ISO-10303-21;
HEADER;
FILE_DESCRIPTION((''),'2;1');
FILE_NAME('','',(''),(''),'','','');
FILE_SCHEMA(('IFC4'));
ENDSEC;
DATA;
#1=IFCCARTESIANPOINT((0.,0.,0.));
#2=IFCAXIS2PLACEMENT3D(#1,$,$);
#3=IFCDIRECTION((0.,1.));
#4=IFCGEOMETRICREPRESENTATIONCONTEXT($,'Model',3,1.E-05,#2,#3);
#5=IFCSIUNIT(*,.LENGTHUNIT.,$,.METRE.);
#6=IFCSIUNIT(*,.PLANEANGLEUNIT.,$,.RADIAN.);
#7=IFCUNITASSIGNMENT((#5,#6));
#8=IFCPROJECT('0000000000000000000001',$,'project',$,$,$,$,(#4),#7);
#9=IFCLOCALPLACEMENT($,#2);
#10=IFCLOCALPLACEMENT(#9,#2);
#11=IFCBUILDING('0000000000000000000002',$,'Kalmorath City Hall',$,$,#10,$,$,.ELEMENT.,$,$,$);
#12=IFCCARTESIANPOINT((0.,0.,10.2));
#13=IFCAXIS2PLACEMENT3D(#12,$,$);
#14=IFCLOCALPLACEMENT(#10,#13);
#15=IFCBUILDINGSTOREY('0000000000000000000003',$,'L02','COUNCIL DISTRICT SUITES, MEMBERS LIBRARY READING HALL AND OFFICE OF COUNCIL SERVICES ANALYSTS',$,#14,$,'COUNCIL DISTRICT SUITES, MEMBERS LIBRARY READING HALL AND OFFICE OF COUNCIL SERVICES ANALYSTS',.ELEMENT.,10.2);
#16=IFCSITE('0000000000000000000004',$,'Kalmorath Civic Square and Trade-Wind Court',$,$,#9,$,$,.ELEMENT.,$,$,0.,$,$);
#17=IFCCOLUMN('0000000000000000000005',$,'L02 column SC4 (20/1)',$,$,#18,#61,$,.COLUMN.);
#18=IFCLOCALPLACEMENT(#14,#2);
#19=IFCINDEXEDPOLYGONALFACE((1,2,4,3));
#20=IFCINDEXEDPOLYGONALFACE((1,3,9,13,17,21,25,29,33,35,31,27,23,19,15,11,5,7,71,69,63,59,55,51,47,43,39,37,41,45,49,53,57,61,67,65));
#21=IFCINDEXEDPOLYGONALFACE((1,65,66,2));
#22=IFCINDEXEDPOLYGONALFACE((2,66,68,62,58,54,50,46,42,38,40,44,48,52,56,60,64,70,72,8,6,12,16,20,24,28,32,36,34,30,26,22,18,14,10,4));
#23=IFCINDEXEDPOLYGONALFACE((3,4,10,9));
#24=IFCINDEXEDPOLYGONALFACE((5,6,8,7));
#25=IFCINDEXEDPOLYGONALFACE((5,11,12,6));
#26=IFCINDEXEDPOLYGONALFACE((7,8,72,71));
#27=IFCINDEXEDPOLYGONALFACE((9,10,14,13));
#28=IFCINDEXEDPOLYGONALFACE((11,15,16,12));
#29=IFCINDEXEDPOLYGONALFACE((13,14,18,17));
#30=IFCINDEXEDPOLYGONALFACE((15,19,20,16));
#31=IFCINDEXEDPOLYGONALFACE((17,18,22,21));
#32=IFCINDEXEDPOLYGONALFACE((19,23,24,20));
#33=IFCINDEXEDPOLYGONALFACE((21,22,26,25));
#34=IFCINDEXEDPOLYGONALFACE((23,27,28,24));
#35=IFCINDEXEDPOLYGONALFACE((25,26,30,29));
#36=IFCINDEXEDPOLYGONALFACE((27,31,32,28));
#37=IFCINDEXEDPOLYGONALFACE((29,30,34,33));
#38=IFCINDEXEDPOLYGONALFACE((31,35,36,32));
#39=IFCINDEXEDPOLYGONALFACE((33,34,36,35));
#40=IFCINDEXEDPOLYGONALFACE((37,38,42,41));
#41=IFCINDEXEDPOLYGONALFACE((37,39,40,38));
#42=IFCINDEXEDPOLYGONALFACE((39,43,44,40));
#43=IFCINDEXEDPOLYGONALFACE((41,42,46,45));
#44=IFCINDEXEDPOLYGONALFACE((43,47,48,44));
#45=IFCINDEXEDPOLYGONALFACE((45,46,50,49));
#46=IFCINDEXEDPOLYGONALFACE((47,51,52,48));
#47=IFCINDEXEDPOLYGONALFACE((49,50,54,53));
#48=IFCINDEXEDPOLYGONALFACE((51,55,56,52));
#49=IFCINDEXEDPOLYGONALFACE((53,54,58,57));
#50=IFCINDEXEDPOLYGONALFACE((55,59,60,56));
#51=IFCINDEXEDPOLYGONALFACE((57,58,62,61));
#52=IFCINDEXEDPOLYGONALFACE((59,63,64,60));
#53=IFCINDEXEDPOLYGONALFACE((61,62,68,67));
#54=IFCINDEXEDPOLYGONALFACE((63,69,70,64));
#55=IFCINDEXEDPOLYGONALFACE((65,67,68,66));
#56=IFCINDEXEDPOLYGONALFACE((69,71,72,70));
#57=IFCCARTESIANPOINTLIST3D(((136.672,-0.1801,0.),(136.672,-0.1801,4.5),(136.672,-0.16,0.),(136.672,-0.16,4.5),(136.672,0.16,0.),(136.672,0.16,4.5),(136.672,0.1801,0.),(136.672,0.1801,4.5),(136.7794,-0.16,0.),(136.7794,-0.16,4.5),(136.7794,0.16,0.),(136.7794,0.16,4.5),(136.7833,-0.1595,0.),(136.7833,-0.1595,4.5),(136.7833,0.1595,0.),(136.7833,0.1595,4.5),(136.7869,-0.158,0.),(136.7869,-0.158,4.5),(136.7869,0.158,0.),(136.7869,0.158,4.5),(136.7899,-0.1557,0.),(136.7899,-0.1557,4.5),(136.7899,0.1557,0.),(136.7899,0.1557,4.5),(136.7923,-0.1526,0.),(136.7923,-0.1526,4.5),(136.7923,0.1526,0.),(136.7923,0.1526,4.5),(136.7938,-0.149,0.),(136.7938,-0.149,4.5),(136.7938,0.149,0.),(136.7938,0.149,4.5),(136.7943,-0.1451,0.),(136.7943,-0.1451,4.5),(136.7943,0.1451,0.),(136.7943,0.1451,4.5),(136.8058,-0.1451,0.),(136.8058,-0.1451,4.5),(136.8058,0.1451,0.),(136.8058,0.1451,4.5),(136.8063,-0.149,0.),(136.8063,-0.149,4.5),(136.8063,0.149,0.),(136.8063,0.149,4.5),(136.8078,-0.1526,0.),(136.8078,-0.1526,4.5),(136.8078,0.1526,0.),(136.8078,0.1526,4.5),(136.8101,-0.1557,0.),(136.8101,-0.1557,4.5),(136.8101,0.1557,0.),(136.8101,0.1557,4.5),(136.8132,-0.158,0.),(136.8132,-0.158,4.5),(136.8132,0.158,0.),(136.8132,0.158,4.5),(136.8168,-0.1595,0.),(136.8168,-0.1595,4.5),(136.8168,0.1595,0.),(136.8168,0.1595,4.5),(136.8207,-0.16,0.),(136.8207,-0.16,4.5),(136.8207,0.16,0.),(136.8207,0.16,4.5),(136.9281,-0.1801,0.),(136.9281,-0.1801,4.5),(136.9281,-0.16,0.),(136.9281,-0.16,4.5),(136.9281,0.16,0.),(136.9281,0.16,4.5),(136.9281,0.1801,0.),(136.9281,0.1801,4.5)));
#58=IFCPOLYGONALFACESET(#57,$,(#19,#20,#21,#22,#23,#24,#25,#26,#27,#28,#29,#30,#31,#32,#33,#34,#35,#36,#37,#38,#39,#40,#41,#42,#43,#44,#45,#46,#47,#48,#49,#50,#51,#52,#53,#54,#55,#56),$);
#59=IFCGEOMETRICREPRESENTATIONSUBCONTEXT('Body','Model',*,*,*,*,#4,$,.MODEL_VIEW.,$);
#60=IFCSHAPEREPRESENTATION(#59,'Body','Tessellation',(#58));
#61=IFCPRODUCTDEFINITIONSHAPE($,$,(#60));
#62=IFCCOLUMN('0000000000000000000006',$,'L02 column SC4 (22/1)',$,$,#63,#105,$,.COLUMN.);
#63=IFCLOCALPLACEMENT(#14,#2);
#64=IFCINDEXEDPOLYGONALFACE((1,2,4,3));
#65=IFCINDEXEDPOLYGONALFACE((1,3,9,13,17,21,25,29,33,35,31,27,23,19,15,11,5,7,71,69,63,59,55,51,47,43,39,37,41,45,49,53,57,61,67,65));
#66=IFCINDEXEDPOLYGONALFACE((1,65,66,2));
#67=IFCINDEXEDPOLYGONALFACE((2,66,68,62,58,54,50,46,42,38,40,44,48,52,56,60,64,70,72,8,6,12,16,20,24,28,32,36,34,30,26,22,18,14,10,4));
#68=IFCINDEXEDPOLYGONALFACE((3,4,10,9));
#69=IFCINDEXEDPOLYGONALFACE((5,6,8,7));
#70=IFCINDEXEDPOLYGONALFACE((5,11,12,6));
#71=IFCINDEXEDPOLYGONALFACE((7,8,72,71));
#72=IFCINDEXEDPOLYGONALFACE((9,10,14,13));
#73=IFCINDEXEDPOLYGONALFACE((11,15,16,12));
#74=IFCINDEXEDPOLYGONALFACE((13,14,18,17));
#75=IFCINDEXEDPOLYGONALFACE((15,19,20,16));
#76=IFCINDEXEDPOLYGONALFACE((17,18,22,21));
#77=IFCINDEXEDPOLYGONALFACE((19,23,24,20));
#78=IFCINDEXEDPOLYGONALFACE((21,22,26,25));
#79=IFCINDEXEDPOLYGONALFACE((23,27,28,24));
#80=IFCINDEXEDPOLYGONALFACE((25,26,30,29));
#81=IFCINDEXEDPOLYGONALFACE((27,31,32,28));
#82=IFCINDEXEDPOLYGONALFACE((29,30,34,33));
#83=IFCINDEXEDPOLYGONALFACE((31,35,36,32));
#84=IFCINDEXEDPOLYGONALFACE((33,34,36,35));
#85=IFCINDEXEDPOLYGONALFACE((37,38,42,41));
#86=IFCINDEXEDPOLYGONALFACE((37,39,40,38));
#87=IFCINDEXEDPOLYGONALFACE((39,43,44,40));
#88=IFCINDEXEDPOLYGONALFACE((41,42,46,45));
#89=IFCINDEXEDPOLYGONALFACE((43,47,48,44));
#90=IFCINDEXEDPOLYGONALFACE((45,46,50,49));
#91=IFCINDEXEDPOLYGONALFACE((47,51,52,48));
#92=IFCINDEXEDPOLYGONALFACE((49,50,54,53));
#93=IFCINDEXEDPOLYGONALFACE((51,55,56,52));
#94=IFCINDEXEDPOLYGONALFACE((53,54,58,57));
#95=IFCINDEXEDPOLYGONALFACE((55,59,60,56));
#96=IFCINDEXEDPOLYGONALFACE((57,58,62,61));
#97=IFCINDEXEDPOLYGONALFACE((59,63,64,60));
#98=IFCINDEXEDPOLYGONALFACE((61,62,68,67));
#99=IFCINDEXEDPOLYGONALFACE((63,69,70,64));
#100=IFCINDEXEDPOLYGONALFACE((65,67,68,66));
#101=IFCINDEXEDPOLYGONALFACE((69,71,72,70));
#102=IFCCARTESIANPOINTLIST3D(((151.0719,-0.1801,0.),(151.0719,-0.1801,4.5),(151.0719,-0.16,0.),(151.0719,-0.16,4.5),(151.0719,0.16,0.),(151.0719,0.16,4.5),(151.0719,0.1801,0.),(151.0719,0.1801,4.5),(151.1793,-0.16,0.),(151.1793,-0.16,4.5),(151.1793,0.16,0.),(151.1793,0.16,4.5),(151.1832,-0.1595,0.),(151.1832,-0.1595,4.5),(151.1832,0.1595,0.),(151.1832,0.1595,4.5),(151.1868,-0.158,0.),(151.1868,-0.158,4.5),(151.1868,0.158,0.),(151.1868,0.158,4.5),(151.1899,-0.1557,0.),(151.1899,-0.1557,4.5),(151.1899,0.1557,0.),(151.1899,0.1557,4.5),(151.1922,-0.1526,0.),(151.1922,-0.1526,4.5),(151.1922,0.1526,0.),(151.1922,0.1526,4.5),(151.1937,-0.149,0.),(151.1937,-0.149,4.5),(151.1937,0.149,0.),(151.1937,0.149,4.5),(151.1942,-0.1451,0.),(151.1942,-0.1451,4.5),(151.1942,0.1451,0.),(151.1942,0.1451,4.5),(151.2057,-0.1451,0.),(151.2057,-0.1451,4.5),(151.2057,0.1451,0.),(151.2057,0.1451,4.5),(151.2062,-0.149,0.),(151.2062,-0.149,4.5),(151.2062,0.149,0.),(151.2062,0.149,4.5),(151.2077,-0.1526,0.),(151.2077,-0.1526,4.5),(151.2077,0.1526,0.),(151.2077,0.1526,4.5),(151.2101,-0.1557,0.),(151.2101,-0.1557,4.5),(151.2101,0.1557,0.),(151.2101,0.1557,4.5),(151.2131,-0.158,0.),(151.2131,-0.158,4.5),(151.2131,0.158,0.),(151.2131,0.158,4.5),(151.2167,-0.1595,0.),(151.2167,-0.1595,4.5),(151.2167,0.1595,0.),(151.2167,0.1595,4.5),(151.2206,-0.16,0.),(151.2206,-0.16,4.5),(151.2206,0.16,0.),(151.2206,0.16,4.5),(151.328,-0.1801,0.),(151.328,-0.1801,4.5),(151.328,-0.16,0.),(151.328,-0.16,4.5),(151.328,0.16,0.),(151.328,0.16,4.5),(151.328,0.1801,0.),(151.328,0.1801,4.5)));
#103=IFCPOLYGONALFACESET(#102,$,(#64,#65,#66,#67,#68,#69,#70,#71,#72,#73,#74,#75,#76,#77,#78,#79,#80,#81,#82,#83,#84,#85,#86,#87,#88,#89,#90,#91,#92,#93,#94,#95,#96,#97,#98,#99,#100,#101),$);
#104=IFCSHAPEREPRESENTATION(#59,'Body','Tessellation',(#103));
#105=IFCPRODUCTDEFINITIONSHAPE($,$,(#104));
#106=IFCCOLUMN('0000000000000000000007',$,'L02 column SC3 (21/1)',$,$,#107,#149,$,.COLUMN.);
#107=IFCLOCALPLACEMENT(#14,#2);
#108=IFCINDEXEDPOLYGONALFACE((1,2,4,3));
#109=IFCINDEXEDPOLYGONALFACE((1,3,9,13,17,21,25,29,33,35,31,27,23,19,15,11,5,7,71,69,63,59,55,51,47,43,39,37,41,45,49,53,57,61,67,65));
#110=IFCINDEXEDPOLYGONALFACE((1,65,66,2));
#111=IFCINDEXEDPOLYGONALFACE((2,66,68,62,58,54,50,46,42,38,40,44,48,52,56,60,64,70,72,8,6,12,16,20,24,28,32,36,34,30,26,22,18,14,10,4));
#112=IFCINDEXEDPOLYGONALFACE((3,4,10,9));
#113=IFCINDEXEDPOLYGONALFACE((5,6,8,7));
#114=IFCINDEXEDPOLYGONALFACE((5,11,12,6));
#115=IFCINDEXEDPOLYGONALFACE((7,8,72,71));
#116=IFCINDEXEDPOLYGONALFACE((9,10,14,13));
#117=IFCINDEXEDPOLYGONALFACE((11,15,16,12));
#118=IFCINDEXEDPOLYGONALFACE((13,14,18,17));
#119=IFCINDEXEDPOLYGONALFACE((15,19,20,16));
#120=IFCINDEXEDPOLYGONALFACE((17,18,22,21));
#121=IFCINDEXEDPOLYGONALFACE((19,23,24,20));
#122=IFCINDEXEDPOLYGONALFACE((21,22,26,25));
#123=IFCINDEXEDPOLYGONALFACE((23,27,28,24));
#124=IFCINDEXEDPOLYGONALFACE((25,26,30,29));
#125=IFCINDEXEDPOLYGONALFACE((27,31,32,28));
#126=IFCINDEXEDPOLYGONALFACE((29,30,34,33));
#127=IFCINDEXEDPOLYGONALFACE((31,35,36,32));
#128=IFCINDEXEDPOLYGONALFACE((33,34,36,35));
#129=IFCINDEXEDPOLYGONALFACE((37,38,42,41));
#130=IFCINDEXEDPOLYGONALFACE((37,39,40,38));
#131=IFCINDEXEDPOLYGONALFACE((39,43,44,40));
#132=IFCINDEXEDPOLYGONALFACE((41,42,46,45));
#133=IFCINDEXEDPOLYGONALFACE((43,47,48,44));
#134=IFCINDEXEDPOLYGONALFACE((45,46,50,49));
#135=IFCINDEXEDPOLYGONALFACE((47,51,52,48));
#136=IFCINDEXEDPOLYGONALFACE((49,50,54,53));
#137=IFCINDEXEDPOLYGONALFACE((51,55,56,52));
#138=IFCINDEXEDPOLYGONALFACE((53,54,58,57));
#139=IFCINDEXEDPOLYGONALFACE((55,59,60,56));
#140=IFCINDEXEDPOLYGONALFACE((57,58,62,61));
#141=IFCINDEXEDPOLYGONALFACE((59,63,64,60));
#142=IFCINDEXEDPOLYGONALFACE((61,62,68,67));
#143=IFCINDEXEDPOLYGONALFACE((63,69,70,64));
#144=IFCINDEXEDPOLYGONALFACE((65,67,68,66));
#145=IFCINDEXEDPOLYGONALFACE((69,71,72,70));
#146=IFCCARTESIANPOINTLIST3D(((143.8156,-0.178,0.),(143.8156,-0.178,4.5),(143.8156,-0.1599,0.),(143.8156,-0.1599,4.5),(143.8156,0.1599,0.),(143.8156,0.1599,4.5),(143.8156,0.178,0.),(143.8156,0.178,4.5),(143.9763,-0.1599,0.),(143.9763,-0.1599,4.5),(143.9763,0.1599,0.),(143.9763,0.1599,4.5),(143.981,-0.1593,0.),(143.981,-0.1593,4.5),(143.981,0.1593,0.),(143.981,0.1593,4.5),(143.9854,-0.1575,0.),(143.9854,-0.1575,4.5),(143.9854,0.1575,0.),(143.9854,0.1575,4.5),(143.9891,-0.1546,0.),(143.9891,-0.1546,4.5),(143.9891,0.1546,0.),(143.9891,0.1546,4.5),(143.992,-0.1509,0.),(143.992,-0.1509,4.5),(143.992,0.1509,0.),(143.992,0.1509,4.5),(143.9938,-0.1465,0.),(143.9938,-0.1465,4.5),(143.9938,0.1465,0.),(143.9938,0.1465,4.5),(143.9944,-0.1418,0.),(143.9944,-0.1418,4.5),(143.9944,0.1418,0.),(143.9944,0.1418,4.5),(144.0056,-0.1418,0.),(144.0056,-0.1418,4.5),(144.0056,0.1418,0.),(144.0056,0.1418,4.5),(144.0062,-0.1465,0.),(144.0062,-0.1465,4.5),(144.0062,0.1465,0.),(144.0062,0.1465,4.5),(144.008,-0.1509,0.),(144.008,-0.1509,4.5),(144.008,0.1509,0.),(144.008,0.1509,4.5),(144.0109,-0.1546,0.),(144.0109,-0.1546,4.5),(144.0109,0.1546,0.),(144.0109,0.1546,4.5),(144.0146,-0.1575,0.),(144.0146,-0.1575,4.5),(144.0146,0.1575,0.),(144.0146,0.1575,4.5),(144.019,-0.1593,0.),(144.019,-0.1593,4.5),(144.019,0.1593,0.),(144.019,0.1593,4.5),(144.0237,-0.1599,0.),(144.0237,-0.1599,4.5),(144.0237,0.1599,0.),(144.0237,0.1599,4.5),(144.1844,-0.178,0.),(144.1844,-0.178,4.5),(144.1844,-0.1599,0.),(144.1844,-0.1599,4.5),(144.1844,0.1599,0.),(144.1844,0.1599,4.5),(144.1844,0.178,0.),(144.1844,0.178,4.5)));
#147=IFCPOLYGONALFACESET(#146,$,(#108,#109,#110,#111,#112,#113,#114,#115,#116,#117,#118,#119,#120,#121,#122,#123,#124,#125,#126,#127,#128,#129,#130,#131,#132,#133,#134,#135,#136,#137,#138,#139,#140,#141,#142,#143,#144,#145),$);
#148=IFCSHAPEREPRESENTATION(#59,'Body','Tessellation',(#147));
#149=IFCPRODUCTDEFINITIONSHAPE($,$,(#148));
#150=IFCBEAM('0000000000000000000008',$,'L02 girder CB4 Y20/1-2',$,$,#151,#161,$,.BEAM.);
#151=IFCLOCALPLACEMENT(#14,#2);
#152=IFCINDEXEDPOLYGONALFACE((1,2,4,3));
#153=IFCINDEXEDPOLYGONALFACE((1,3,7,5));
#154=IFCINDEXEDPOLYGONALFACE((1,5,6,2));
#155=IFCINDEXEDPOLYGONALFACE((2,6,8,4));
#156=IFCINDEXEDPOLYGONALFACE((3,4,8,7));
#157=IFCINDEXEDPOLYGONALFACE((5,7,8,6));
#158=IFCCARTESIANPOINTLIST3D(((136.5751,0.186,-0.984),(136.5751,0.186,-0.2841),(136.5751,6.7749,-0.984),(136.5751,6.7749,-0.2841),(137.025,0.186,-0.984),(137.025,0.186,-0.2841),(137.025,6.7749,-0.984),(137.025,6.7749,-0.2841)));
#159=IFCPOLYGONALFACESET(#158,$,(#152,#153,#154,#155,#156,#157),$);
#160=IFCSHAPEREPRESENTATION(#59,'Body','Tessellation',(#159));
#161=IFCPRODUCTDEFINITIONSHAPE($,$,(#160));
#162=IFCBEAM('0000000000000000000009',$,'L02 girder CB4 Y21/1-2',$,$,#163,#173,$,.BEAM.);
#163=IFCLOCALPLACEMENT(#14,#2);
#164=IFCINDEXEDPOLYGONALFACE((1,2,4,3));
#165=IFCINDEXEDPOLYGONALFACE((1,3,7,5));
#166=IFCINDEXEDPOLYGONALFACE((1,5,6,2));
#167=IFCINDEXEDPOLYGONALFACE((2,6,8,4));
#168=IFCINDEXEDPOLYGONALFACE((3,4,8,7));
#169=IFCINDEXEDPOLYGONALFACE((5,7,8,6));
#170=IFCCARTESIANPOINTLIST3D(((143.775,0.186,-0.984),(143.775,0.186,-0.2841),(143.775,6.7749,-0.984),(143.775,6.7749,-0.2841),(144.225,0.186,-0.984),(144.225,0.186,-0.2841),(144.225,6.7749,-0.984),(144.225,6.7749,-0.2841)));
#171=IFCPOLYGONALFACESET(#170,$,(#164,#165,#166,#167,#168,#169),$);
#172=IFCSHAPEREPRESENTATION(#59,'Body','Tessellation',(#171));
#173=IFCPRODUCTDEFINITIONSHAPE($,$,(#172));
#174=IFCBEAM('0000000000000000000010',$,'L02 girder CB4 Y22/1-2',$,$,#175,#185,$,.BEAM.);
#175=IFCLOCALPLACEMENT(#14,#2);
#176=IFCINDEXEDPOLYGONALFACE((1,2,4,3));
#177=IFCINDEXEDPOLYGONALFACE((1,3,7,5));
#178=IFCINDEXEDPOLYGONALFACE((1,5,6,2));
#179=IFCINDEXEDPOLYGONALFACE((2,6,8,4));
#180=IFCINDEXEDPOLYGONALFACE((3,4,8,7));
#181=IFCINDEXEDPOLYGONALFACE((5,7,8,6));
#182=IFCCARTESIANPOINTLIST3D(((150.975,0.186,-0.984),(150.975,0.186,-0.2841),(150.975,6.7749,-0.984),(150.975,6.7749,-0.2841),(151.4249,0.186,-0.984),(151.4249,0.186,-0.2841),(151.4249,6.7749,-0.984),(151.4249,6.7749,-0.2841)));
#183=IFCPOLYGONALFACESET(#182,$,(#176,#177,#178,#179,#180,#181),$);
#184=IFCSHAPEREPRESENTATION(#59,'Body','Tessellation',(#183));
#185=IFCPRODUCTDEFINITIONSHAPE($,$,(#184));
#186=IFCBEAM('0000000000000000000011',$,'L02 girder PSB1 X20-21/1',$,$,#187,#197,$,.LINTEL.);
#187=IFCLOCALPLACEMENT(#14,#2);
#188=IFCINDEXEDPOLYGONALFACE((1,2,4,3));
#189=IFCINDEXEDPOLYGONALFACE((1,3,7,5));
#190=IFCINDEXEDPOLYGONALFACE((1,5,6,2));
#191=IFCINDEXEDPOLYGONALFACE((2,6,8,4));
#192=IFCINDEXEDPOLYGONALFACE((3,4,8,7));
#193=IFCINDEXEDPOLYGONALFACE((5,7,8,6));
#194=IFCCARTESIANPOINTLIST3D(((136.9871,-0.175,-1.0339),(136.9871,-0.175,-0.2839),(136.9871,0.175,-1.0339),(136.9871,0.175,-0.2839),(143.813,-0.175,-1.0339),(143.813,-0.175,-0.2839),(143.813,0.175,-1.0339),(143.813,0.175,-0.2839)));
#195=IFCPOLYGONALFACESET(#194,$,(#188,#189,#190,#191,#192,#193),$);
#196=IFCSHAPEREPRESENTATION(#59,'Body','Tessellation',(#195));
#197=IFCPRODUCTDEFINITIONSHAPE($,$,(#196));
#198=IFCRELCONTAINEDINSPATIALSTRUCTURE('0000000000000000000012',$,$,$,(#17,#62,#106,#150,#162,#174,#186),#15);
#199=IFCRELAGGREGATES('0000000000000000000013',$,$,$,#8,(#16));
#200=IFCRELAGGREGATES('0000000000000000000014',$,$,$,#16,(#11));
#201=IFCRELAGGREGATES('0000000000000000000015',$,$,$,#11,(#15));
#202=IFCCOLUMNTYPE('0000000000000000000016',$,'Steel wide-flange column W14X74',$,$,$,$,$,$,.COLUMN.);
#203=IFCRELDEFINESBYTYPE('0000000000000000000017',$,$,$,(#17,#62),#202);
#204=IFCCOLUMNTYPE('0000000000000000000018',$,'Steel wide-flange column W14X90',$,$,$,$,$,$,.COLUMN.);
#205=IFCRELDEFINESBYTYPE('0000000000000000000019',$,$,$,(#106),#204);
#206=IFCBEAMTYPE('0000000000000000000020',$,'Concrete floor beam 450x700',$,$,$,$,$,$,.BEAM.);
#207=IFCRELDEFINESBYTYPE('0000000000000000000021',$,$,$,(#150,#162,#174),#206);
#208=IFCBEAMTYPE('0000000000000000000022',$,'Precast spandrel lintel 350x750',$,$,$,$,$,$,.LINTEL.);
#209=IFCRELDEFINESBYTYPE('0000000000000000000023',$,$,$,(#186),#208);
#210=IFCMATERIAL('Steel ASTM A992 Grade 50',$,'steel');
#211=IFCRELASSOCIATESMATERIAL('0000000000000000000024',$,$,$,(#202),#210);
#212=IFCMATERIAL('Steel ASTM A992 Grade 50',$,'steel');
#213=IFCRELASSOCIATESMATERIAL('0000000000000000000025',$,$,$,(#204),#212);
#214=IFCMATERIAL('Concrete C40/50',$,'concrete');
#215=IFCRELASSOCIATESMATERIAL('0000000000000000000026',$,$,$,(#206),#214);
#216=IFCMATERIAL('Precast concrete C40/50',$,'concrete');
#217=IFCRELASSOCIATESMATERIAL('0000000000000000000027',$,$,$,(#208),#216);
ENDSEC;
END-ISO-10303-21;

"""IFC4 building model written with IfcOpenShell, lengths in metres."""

from ifc_helpers import new_model, si_unit, direction, frame, origin, origin_2d, place, context, subcontext, project, spatial, rectangle, i_section, extrude, material, material_profile, profile_set, type_object, element, save


model = new_model("IFC4")

# Units and contexts
model_context = context("Model", 3, precision=1e-05, world=origin(), true_north=direction((0.0, 1.0)))
body_context = subcontext(model_context, "Body", "Model", "MODEL_VIEW")
ifc_project = project(units=[si_unit("LENGTHUNIT", "METRE"), si_unit("PLANEANGLEUNIT", "RADIAN")], contexts=[model_context])

# Site, building, storey
site_placement = place(None, origin())
site = spatial("IfcSite", under=ifc_project, at=site_placement, Name="Kalmorath Civic Square and Trade-Wind Court", CompositionType="ELEMENT", RefElevation=0.0)
building_placement = place(site_placement, origin())
building = spatial("IfcBuilding", under=site, at=building_placement, Name="Kalmorath City Hall", CompositionType="ELEMENT")
storey_placement = place(building_placement, frame((0.0, 0.0, 10.2)))
storey = spatial("IfcBuildingStorey", under=building, at=storey_placement, Name="L02", Description="COUNCIL DISTRICT SUITES, MEMBERS LIBRARY READING HALL AND OFFICE OF COUNCIL SERVICES ANALYSTS", LongName="COUNCIL DISTRICT SUITES, MEMBERS LIBRARY READING HALL AND OFFICE OF COUNCIL SERVICES ANALYSTS", CompositionType="ELEMENT", Elevation=10.2)

# Columns
ifc_material_1 = material(Name="Steel ASTM A992 Grade 50", Category="steel")
ifc_material_profile_1 = material_profile(ifc_material_1, i_section(OverallWidth=0.2561, OverallDepth=0.3601, WebThickness=0.0115, FlangeThickness=0.02, FilletRadius=0.0149, at=origin_2d()), Name="W14X74")
ifc_profile_set_1 = profile_set([ifc_material_profile_1], Name="Steel ASTM A992 Grade 50")
column_type_1 = type_object("IfcColumnType", Name="Steel wide-flange column W14X74", PredefinedType="COLUMN", material=ifc_profile_set_1)
for number, where, z_axis, x_axis, name in (
    (1, (136.8, 0.0, 0.0), (0.0, 0.0, 1.0), (1.0, 0.0, 0.0), "L02 column SC4 (20/1)"),
    (2, (151.2, 0.0, 0.0), (0.0, 0.0, 1.0), (1.0, 0.0, 0.0), "L02 column SC4 (22/1)"),
):
    element("IfcColumn", number, at=place(storey_placement, frame(where, z_axis=z_axis, x_axis=x_axis)), inside=storey, type_object=column_type_1, Name=name, PredefinedType="COLUMN", context=body_context, shape_type="SweptSolid", body=[
        extrude(i_section(OverallWidth=0.2561, OverallDepth=0.3601, WebThickness=0.0115, FlangeThickness=0.02, FilletRadius=0.0149, at=origin_2d()), origin(), (0.0, 0.0, 1.0), 4.5),
    ])
ifc_material_2 = material(Name="Steel ASTM A992 Grade 50", Category="steel")
ifc_material_profile_2 = material_profile(ifc_material_2, i_section(OverallWidth=0.3689, OverallDepth=0.356, WebThickness=0.0112, FlangeThickness=0.0181, FilletRadius=0.0181, at=origin_2d()), Name="W14X90")
ifc_profile_set_2 = profile_set([ifc_material_profile_2], Name="Steel ASTM A992 Grade 50")
column_type_2 = type_object("IfcColumnType", Name="Steel wide-flange column W14X90", PredefinedType="COLUMN", material=ifc_profile_set_2)
column_placement = place(storey_placement, frame((144.0, 0.0, 0.0), z_axis=(0.0, 0.0, 1.0), x_axis=(1.0, 0.0, 0.0)))
element("IfcColumn", 3, at=column_placement, inside=storey, type_object=column_type_2, Name="L02 column SC3 (21/1)", PredefinedType="COLUMN", context=body_context, shape_type="SweptSolid", body=[
    extrude(i_section(OverallWidth=0.3689, OverallDepth=0.356, WebThickness=0.0112, FlangeThickness=0.0181, FilletRadius=0.0181, at=origin_2d()), origin(), (0.0, 0.0, 1.0), 4.5),
])

# Beams
ifc_material_3 = material(Name="Concrete C40/50", Category="concrete")
ifc_material_profile_3 = material_profile(ifc_material_3, rectangle(XDim=0.45, YDim=0.7, at=origin_2d()), Name="RC-BM-450X700")
ifc_profile_set_3 = profile_set([ifc_material_profile_3], Name="Concrete C40/50")
beam_type_1 = type_object("IfcBeamType", Name="Concrete floor beam 450x700", PredefinedType="BEAM", material=ifc_profile_set_3)
for number, where, z_axis, x_axis, name in (
    (4, (136.8, 0.186, -0.634), (0.0, 1.0, 0.0), (-1.0, 0.0, 0.0), "L02 girder CB4 Y20/1-2"),
    (5, (144.0, 0.186, -0.634), (0.0, 1.0, 0.0), (-1.0, 0.0, 0.0), "L02 girder CB4 Y21/1-2"),
    (6, (151.2, 0.186, -0.634), (0.0, 1.0, 0.0), (-1.0, 0.0, 0.0), "L02 girder CB4 Y22/1-2"),
):
    element("IfcBeam", number, at=place(storey_placement, frame(where, z_axis=z_axis, x_axis=x_axis)), inside=storey, type_object=beam_type_1, Name=name, PredefinedType="BEAM", context=body_context, shape_type="SweptSolid", body=[
        extrude(rectangle(XDim=0.45, YDim=0.7, at=origin_2d()), origin(), (0.0, 0.0, 1.0), 6.5889),
    ])
ifc_material_4 = material(Name="Precast concrete C40/50", Category="concrete")
ifc_material_profile_4 = material_profile(ifc_material_4, rectangle(XDim=0.3501, YDim=0.75, at=origin_2d()), Name="PC-SP-350X750")
ifc_profile_set_4 = profile_set([ifc_material_profile_4], Name="Precast concrete C40/50")
beam_type_2 = type_object("IfcBeamType", Name="Precast spandrel lintel 350x750", PredefinedType="LINTEL", material=ifc_profile_set_4)
for number, where, z_axis, x_axis, name in (
    (7, (136.9871, 0.0, -0.6589), (1.0, 0.0, 0.0), (0.0, 1.0, 0.0), "L02 girder PSB1 X20-21/1"),
):
    element("IfcBeam", number, at=place(storey_placement, frame(where, z_axis=z_axis, x_axis=x_axis)), inside=storey, type_object=beam_type_2, Name=name, PredefinedType="LINTEL", context=body_context, shape_type="SweptSolid", body=[
        extrude(rectangle(XDim=0.3501, YDim=0.75, at=origin_2d()), origin(), (0.0, 0.0, 1.0), 6.8259),
    ])

save(model, "model.ifc")
